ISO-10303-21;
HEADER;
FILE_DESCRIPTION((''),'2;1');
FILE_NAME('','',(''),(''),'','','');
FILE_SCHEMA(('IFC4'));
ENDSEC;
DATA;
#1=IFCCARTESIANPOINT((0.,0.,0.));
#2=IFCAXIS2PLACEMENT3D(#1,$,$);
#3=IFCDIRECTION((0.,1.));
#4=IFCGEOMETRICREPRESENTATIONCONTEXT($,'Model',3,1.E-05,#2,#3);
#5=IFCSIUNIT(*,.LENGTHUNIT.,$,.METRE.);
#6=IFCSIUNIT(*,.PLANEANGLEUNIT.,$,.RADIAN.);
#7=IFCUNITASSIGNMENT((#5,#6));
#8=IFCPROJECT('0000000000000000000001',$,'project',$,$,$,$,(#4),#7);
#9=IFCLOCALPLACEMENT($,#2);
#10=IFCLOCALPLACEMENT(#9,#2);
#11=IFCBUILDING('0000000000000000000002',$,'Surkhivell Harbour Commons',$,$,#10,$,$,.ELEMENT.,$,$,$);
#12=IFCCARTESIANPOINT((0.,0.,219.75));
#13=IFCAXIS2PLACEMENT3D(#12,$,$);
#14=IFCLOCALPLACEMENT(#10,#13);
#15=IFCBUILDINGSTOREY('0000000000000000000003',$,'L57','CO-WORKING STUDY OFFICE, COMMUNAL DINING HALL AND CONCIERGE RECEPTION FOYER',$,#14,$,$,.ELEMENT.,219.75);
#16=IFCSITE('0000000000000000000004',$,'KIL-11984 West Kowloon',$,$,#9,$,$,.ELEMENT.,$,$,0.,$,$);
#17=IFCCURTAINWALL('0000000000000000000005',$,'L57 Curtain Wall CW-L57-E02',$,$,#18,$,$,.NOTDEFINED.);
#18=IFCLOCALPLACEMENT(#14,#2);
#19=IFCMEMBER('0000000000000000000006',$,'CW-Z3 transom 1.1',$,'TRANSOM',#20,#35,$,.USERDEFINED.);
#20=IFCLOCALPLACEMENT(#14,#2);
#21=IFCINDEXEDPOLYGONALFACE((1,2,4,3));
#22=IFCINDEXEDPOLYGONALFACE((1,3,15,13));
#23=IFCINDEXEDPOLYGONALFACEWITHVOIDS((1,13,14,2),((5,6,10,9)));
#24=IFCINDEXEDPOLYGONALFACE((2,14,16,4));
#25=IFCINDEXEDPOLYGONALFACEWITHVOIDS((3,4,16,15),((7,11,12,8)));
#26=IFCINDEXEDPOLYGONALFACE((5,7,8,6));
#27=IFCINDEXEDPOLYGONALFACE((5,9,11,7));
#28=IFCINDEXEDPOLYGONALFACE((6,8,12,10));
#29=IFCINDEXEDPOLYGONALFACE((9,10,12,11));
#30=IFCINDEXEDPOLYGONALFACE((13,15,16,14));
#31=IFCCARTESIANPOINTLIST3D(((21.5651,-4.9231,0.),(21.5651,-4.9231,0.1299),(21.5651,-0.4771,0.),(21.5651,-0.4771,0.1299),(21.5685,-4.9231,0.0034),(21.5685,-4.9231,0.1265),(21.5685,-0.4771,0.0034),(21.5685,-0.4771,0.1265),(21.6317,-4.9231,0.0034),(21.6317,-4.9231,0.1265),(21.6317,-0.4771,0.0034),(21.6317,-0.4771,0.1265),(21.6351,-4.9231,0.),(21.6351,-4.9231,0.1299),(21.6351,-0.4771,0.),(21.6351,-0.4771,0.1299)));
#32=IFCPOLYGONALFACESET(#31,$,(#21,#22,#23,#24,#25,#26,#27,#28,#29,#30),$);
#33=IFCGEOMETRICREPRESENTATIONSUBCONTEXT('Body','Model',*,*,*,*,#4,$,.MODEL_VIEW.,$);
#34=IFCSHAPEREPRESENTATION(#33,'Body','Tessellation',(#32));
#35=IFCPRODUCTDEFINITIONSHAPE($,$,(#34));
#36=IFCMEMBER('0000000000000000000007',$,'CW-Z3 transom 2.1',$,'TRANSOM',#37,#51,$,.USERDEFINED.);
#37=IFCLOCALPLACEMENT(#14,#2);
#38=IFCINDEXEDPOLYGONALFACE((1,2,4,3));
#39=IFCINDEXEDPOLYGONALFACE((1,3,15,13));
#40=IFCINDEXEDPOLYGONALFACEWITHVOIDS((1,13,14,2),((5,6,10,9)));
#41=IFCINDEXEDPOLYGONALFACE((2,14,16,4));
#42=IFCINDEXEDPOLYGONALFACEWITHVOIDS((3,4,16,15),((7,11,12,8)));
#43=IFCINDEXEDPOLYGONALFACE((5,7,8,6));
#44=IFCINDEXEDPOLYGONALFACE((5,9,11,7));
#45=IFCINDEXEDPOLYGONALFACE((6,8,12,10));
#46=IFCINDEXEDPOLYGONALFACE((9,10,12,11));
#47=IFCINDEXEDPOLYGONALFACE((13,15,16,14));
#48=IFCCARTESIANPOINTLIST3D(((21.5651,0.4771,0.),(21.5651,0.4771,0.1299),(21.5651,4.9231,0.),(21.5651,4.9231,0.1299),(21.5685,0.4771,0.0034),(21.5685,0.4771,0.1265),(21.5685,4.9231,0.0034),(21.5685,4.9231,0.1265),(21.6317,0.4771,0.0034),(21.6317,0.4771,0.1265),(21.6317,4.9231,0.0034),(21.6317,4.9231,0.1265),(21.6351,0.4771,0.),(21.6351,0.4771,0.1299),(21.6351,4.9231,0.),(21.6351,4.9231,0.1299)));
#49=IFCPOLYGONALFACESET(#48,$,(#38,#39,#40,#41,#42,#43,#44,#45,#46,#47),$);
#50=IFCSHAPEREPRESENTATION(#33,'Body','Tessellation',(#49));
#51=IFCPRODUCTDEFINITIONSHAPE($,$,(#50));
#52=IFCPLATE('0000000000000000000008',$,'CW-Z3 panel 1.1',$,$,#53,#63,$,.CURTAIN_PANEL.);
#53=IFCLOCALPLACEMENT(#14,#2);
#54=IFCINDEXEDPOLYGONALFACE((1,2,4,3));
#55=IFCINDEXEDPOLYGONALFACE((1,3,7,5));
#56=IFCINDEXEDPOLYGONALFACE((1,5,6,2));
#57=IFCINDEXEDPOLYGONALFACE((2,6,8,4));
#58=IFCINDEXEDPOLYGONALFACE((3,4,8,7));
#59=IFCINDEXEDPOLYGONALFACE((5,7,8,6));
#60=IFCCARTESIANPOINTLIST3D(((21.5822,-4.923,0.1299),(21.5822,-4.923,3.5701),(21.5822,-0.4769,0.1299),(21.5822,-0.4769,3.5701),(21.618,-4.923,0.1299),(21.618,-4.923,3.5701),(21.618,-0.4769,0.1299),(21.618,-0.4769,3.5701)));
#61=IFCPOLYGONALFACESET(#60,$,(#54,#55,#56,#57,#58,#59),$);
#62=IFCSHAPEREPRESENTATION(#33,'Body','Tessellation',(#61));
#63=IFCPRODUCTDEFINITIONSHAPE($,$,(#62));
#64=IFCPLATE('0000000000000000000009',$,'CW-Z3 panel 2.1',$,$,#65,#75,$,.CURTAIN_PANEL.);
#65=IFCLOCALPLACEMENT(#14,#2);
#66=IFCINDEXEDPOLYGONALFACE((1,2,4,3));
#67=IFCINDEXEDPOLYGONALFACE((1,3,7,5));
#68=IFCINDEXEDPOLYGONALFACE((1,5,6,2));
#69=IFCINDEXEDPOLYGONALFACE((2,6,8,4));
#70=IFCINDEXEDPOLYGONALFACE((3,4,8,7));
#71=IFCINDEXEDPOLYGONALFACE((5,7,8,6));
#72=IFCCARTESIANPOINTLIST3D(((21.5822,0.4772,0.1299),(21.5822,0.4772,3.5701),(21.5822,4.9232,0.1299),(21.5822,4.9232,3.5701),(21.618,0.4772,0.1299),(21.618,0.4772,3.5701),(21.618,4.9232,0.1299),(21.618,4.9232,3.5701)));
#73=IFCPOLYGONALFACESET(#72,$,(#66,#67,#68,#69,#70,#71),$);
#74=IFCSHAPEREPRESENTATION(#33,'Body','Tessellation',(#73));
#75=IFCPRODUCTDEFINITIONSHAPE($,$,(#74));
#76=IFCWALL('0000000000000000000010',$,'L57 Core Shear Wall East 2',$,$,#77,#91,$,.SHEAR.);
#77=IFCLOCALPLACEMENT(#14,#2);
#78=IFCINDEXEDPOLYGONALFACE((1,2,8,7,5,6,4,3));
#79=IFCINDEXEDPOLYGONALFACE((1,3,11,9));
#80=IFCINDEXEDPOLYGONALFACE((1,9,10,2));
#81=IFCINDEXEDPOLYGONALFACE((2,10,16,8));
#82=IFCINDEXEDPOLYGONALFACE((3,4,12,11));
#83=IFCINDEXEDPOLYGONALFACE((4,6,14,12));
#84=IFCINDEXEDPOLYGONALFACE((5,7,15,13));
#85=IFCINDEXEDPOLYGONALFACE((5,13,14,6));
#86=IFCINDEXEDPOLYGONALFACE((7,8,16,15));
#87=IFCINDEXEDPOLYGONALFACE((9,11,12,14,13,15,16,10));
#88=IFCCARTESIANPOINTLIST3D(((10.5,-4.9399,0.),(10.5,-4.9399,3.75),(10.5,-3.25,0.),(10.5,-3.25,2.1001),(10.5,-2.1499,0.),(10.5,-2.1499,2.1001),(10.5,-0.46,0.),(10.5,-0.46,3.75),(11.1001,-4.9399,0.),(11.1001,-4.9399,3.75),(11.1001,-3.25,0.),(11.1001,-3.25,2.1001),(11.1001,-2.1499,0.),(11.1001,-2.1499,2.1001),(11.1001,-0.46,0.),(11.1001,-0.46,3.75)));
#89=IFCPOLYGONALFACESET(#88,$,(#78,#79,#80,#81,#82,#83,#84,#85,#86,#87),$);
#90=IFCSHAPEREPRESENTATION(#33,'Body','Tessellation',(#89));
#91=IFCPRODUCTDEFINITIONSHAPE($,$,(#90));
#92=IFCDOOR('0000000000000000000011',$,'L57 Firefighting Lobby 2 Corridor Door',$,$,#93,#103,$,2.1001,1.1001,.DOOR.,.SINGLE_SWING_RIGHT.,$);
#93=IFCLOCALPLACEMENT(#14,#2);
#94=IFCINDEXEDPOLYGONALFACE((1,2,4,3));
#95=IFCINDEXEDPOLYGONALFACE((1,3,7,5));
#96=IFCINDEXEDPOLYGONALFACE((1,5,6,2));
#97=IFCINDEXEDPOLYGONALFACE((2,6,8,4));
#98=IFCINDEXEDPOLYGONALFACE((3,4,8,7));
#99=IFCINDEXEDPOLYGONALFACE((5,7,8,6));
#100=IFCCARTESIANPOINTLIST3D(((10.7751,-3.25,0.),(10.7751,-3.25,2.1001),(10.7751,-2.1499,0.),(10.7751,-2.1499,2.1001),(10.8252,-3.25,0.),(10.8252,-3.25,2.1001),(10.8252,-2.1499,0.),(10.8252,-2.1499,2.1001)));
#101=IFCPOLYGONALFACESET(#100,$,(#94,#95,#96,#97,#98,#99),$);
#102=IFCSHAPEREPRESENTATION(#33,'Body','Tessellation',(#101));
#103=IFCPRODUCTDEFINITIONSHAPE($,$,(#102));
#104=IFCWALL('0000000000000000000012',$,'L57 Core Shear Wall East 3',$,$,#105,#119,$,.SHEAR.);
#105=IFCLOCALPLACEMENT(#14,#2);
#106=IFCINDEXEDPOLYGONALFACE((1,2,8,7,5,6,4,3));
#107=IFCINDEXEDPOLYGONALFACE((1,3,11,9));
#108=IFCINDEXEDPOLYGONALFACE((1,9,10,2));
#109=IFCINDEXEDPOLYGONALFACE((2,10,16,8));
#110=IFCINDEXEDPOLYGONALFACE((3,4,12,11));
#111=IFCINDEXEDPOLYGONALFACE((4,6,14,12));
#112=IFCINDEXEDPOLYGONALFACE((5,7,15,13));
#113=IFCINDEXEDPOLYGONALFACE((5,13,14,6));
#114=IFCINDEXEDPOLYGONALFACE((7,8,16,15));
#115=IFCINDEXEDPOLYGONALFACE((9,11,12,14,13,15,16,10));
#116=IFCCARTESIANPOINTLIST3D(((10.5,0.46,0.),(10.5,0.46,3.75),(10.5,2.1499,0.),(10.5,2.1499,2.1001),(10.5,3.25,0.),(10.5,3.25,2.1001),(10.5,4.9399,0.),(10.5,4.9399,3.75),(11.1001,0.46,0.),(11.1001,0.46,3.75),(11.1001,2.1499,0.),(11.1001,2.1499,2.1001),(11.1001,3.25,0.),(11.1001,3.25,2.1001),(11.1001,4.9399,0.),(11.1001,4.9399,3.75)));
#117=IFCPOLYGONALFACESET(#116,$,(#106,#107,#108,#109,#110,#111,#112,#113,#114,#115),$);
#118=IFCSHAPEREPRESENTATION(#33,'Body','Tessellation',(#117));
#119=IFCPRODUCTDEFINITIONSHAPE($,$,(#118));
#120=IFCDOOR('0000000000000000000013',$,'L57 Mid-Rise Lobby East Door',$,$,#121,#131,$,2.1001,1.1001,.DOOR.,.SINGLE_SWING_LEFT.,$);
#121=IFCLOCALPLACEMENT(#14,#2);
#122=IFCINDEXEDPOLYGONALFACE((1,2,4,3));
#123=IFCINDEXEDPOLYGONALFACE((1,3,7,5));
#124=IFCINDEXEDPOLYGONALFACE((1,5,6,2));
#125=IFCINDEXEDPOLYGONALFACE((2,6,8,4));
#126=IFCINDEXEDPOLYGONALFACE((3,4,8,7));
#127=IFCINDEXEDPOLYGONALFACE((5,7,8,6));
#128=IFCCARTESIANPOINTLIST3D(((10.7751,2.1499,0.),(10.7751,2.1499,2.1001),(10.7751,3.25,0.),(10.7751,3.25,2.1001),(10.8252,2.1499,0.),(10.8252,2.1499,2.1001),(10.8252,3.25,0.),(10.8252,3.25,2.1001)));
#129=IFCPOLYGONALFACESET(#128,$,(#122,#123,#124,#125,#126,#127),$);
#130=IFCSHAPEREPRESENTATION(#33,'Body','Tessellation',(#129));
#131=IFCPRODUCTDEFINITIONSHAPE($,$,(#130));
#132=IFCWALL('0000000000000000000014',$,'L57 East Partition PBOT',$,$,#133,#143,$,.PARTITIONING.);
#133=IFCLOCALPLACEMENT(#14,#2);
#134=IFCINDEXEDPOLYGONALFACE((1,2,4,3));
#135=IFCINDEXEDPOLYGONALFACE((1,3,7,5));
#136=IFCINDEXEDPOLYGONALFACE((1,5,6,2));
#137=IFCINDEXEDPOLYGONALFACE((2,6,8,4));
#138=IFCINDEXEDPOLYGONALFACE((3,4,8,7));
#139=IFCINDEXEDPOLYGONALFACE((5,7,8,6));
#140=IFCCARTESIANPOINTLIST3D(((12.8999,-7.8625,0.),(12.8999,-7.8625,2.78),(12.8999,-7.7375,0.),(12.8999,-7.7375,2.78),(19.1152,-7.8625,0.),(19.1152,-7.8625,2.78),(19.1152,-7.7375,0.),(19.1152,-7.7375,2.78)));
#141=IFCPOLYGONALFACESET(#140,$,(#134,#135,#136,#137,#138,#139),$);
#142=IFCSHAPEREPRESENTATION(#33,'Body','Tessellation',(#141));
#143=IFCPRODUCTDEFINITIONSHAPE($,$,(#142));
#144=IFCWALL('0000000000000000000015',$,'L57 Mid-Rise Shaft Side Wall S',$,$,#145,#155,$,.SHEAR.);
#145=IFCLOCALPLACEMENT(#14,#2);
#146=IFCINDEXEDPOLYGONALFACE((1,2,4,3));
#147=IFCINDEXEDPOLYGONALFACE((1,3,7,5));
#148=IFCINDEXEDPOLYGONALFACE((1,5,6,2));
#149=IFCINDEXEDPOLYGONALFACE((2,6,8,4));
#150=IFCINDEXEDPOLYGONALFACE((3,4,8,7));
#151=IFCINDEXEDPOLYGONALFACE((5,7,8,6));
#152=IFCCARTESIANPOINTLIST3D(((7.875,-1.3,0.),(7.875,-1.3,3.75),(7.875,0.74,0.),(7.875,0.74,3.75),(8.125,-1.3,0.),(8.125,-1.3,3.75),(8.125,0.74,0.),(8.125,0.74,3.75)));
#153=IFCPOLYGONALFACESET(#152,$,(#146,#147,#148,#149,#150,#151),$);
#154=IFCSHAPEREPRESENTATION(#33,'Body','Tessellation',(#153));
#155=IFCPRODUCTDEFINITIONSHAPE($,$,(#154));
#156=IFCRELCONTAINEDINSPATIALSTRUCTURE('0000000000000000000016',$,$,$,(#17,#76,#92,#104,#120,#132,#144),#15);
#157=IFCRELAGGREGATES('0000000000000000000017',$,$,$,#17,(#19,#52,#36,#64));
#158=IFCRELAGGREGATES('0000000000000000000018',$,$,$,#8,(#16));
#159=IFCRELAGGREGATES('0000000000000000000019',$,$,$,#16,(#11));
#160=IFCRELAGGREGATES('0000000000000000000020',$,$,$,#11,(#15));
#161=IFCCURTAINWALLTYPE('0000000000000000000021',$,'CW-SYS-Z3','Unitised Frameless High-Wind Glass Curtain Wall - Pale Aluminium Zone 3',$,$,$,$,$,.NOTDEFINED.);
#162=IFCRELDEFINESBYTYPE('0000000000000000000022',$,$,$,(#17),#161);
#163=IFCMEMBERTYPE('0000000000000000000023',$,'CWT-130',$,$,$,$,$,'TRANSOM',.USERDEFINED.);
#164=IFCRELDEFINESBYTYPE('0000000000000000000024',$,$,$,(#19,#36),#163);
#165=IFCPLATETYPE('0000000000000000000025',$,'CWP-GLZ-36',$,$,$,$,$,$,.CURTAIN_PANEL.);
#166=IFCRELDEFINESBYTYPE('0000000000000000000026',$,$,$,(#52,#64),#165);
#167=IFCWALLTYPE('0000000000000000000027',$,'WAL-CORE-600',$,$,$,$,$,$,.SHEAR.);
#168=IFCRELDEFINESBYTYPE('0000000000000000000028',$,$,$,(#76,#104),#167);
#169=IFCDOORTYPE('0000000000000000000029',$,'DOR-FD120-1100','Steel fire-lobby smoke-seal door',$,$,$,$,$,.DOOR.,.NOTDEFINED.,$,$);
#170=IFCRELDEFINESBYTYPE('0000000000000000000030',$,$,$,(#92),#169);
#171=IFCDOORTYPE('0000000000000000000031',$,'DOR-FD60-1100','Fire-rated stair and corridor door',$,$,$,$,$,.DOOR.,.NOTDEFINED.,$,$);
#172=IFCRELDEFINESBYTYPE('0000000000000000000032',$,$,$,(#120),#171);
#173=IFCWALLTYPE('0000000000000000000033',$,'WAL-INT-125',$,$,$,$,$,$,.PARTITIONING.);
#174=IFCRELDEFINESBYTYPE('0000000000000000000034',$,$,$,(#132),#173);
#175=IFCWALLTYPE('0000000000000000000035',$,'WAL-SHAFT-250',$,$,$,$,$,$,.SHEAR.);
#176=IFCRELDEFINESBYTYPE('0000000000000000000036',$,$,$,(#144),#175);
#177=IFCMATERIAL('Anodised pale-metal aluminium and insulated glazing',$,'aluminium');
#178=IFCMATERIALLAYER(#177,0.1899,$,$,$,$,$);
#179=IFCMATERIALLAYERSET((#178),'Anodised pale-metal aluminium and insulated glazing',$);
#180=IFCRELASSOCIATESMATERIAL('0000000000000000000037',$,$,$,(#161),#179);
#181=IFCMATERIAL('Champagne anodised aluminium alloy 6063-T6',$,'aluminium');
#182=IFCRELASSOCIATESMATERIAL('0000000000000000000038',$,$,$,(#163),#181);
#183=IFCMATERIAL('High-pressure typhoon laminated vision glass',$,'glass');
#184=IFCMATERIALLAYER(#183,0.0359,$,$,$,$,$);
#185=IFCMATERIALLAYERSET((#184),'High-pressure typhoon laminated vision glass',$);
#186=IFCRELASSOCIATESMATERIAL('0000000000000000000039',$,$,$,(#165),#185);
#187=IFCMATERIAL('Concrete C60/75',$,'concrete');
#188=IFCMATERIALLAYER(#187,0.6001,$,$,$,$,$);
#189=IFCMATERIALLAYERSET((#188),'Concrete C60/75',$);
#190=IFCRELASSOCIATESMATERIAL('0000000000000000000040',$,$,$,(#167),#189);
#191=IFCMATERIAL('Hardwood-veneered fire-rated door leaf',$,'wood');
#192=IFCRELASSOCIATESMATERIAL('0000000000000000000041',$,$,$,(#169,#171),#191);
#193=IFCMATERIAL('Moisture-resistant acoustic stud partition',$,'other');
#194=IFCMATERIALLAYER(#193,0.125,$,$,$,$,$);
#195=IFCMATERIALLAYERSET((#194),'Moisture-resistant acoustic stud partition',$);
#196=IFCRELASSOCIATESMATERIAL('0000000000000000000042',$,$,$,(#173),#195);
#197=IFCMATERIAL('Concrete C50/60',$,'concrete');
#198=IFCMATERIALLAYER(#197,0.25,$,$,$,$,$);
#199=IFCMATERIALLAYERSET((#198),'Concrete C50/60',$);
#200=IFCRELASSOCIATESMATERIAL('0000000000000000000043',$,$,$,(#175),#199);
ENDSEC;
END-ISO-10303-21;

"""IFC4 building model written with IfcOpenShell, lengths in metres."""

from ifc_helpers import new_model, si_unit, direction, frame, frame_2d, origin, origin_2d, place, context, subcontext, project, spatial, rectangle, hollow_rectangle, extrude, material, layer, layer_set, material_profile, profile_set, type_object, element, fill, aggregate, save


model = new_model("IFC4")

# Units and contexts
model_context = context("Model", 3, precision=1e-05, world=origin(), true_north=direction((0.0, 1.0)))
body_context = subcontext(model_context, "Body", "Model", "MODEL_VIEW")
ifc_project = project(units=[si_unit("LENGTHUNIT", "METRE"), si_unit("PLANEANGLEUNIT", "RADIAN")], contexts=[model_context])

# Site, building, storey
site_placement = place(None, origin())
site = spatial("IfcSite", under=ifc_project, at=site_placement, Name="KIL-11984 West Kowloon", CompositionType="ELEMENT", RefElevation=0.0)
building_placement = place(site_placement, origin())
building = spatial("IfcBuilding", under=site, at=building_placement, Name="Surkhivell Harbour Commons", CompositionType="ELEMENT")
storey_placement = place(building_placement, frame((0.0, 0.0, 219.75)))
storey = spatial("IfcBuildingStorey", under=building, at=storey_placement, Name="L57", Description="CO-WORKING STUDY OFFICE, COMMUNAL DINING HALL AND CONCIERGE RECEPTION FOYER", CompositionType="ELEMENT", Elevation=219.75)

# Shared definitions
ifc_material_1 = material(Name="Concrete C60/75", Category="concrete")
ifc_material_2 = material(Name="Concrete C50/60", Category="concrete")

# Shared definitions
ifc_material_3 = material(Name="Anodised pale-metal aluminium and insulated glazing", Category="aluminium")
ifc_layer_1 = layer(ifc_material_3, 0.1899)
ifc_layer_set_1 = layer_set([ifc_layer_1], Name="Anodised pale-metal aluminium and insulated glazing")
curtain_wall_type = type_object("IfcCurtainWallType", Name="CW-SYS-Z3", Description="Unitised Frameless High-Wind Glass Curtain Wall - Pale Aluminium Zone 3", PredefinedType="NOTDEFINED", material=ifc_layer_set_1)

# Curtain wall, members, plates
curtain_wall_1_placement = place(storey_placement, origin())
curtain_wall_1 = element("IfcCurtainWall", 1, at=curtain_wall_1_placement, inside=storey, type_object=curtain_wall_type, Name="L57 Curtain Wall CW-L57-E02", PredefinedType="NOTDEFINED")
ifc_material_4 = material(Name="Champagne anodised aluminium alloy 6063-T6", Category="aluminium")
ifc_material_profile_1 = material_profile(ifc_material_4, hollow_rectangle(XDim=0.0701, YDim=0.1299, WallThickness=0.0034, at=origin_2d()), Name="ALU-TRAN-70x130")
ifc_profile_set_1 = profile_set([ifc_material_profile_1], Name="Champagne anodised aluminium alloy 6063-T6")
member_type_1 = type_object("IfcMemberType", Name="CWT-130", ElementType="TRANSOM", PredefinedType="USERDEFINED", material=ifc_profile_set_1)
member_1_placement = place(storey_placement, frame((21.6001, -4.9231, 0.0649), z_axis=(0.0, 1.0, 0.0), x_axis=(-1.0, 0.0, 0.0)))
member_1 = element("IfcMember", 2, at=member_1_placement, type_object=member_type_1, Name="CW-Z3 transom 1.1", ObjectType="TRANSOM", PredefinedType="USERDEFINED", context=body_context, shape_type="SweptSolid", body=[
    extrude(hollow_rectangle(XDim=0.0701, YDim=0.1299, WallThickness=0.0034, at=origin_2d()), origin(), (0.0, 0.0, 1.0), 4.446),
])
member_2_placement = place(storey_placement, frame((21.6001, 0.4771, 0.0649), z_axis=(0.0, 1.0, 0.0), x_axis=(-1.0, 0.0, 0.0)))
member_2 = element("IfcMember", 3, at=member_2_placement, type_object=member_type_1, Name="CW-Z3 transom 2.1", ObjectType="TRANSOM", PredefinedType="USERDEFINED", context=body_context, shape_type="SweptSolid", body=[
    extrude(hollow_rectangle(XDim=0.0701, YDim=0.1299, WallThickness=0.0034, at=origin_2d()), origin(), (0.0, 0.0, 1.0), 4.446),
])
ifc_material_5 = material(Name="High-pressure typhoon laminated vision glass", Category="glass")
ifc_layer_2 = layer(ifc_material_5, 0.0359)
ifc_layer_set_2 = layer_set([ifc_layer_2], Name="High-pressure typhoon laminated vision glass")
plate_type = type_object("IfcPlateType", Name="CWP-GLZ-36", PredefinedType="CURTAIN_PANEL", material=ifc_layer_set_2)
plate_1_placement = place(storey_placement, frame((21.6001, -4.9231, 0.1299), z_axis=(0.0, 0.0, 1.0), x_axis=(0.0, 1.0, 0.0)))
plate_1 = element("IfcPlate", 4, at=plate_1_placement, type_object=plate_type, Name="CW-Z3 panel 1.1", PredefinedType="CURTAIN_PANEL", context=body_context, shape_type="SweptSolid", body=[
    extrude(rectangle(XDim=4.446, YDim=0.0359, at=frame_2d((2.2231, 0.0))), origin(), (0.0, 0.0, 1.0), 3.4402),
])
plate_2_placement = place(storey_placement, frame((21.6001, 0.4771, 0.1299), z_axis=(0.0, 0.0, 1.0), x_axis=(0.0, 1.0, 0.0)))
plate_2 = element("IfcPlate", 5, at=plate_2_placement, type_object=plate_type, Name="CW-Z3 panel 2.1", PredefinedType="CURTAIN_PANEL", context=body_context, shape_type="SweptSolid", body=[
    extrude(rectangle(XDim=4.446, YDim=0.0359, at=frame_2d((2.2231, 0.0))), origin(), (0.0, 0.0, 1.0), 3.4402),
])
aggregate(curtain_wall_1, [member_1, plate_1, member_2, plate_2])

# Walls, openings, doors
ifc_layer_3 = layer(ifc_material_1, 0.6001)
ifc_layer_set_3 = layer_set([ifc_layer_3], Name="Concrete C60/75")
wall_type_1 = type_object("IfcWallType", Name="WAL-CORE-600", PredefinedType="SHEAR", material=ifc_layer_set_3)
wall_1_placement = place(storey_placement, frame((10.8, -4.9399, 0.0), z_axis=(0.0, 0.0, 1.0), x_axis=(0.0, 1.0, 0.0)))
wall_1 = element("IfcWall", 6, at=wall_1_placement, inside=storey, type_object=wall_type_1, Name="L57 Core Shear Wall East 2", PredefinedType="SHEAR", context=body_context, shape_type="SweptSolid", body=[
    extrude(rectangle(XDim=4.48, YDim=0.6001, at=frame_2d((2.24, 0.0))), origin(), (0.0, 0.0, 1.0), 3.75),
])
opening_1_placement = place(wall_1_placement, frame((1.6899, 0.0, 0.0)))
opening_1 = element("IfcOpeningElement", 7, at=opening_1_placement, cuts=wall_1, PredefinedType="OPENING", context=body_context, shape_type="SweptSolid", body=[
    extrude(rectangle(XDim=1.1001, YDim=2.1001, at=frame_2d((0.55, 1.05))), frame((0.0, 0.3101, 0.0), z_axis=(0.0, -1.0, 0.0), x_axis=(1.0, 0.0, 0.0)), (0.0, 0.0, 1.0), 0.6201),
])
ifc_material_6 = material(Name="Hardwood-veneered fire-rated door leaf", Category="wood")
door_type_1 = type_object("IfcDoorType", Name="DOR-FD120-1100", Description="Steel fire-lobby smoke-seal door", OperationType="NOTDEFINED", PredefinedType="DOOR", material=ifc_material_6)
door_1_placement = place(opening_1_placement, origin())
door_1 = element("IfcDoor", 8, at=door_1_placement, inside=storey, type_object=door_type_1, Name="L57 Firefighting Lobby 2 Corridor Door", OperationType="SINGLE_SWING_RIGHT", OverallHeight=2.1001, OverallWidth=1.1001, PredefinedType="DOOR", context=body_context, shape_type="SweptSolid", body=[
    extrude(rectangle(XDim=1.1001, YDim=2.1001, at=frame_2d((0.55, 1.05))), frame((0.0, 0.0249, 0.0), z_axis=(0.0, -1.0, 0.0), x_axis=(1.0, 0.0, 0.0)), (0.0, 0.0, 1.0), 0.05),
])
fill(opening_1, door_1)
wall_2_placement = place(storey_placement, frame((10.8, 0.46, 0.0), z_axis=(0.0, 0.0, 1.0), x_axis=(0.0, 1.0, 0.0)))
wall_2 = element("IfcWall", 9, at=wall_2_placement, inside=storey, type_object=wall_type_1, Name="L57 Core Shear Wall East 3", PredefinedType="SHEAR", context=body_context, shape_type="SweptSolid", body=[
    extrude(rectangle(XDim=4.48, YDim=0.6001, at=frame_2d((2.24, 0.0))), origin(), (0.0, 0.0, 1.0), 3.75),
])
opening_2_placement = place(wall_2_placement, frame((1.6899, 0.0, 0.0)))
opening_2 = element("IfcOpeningElement", 10, at=opening_2_placement, cuts=wall_2, PredefinedType="OPENING", context=body_context, shape_type="SweptSolid", body=[
    extrude(rectangle(XDim=1.1001, YDim=2.1001, at=frame_2d((0.55, 1.05))), frame((0.0, 0.3101, 0.0), z_axis=(0.0, -1.0, 0.0), x_axis=(1.0, 0.0, 0.0)), (0.0, 0.0, 1.0), 0.6201),
])
door_type_2 = type_object("IfcDoorType", Name="DOR-FD60-1100", Description="Fire-rated stair and corridor door", OperationType="NOTDEFINED", PredefinedType="DOOR", material=ifc_material_6)
door_2_placement = place(opening_2_placement, origin())
door_2 = element("IfcDoor", 11, at=door_2_placement, inside=storey, type_object=door_type_2, Name="L57 Mid-Rise Lobby East Door", OperationType="SINGLE_SWING_LEFT", OverallHeight=2.1001, OverallWidth=1.1001, PredefinedType="DOOR", context=body_context, shape_type="SweptSolid", body=[
    extrude(rectangle(XDim=1.1001, YDim=2.1001, at=frame_2d((0.55, 1.05))), frame((0.0, 0.0249, 0.0), z_axis=(0.0, -1.0, 0.0), x_axis=(1.0, 0.0, 0.0)), (0.0, 0.0, 1.0), 0.05),
])
fill(opening_2, door_2)

# Walls
ifc_material_7 = material(Name="Moisture-resistant acoustic stud partition", Category="other")
ifc_layer_4 = layer(ifc_material_7, 0.125)
ifc_layer_set_4 = layer_set([ifc_layer_4], Name="Moisture-resistant acoustic stud partition")
wall_type_2 = type_object("IfcWallType", Name="WAL-INT-125", PredefinedType="PARTITIONING", material=ifc_layer_set_4)
wall_3_placement = place(storey_placement, frame((12.8999, -7.8, 0.0), z_axis=(0.0, 0.0, 1.0), x_axis=(1.0, 0.0, 0.0)))
element("IfcWall", 12, at=wall_3_placement, inside=storey, type_object=wall_type_2, Name="L57 East Partition PBOT", PredefinedType="PARTITIONING", context=body_context, shape_type="SweptSolid", body=[
    extrude(rectangle(XDim=6.2153, YDim=0.125, at=frame_2d((3.1077, 0.0))), origin(), (0.0, 0.0, 1.0), 2.78),
])
ifc_layer_5 = layer(ifc_material_2, 0.25)
ifc_layer_set_5 = layer_set([ifc_layer_5], Name="Concrete C50/60")
wall_type_3 = type_object("IfcWallType", Name="WAL-SHAFT-250", PredefinedType="SHEAR", material=ifc_layer_set_5)
wall_4_placement = place(storey_placement, frame((8.0, -1.3, 0.0), z_axis=(0.0, 0.0, 1.0), x_axis=(0.0, 1.0, 0.0)))
element("IfcWall", 13, at=wall_4_placement, inside=storey, type_object=wall_type_3, Name="L57 Mid-Rise Shaft Side Wall S", PredefinedType="SHEAR", context=body_context, shape_type="SweptSolid", body=[
    extrude(rectangle(XDim=2.04, YDim=0.25, at=frame_2d((1.02, 0.0))), origin(), (0.0, 0.0, 1.0), 3.75),
])

save(model, "model.ifc")
